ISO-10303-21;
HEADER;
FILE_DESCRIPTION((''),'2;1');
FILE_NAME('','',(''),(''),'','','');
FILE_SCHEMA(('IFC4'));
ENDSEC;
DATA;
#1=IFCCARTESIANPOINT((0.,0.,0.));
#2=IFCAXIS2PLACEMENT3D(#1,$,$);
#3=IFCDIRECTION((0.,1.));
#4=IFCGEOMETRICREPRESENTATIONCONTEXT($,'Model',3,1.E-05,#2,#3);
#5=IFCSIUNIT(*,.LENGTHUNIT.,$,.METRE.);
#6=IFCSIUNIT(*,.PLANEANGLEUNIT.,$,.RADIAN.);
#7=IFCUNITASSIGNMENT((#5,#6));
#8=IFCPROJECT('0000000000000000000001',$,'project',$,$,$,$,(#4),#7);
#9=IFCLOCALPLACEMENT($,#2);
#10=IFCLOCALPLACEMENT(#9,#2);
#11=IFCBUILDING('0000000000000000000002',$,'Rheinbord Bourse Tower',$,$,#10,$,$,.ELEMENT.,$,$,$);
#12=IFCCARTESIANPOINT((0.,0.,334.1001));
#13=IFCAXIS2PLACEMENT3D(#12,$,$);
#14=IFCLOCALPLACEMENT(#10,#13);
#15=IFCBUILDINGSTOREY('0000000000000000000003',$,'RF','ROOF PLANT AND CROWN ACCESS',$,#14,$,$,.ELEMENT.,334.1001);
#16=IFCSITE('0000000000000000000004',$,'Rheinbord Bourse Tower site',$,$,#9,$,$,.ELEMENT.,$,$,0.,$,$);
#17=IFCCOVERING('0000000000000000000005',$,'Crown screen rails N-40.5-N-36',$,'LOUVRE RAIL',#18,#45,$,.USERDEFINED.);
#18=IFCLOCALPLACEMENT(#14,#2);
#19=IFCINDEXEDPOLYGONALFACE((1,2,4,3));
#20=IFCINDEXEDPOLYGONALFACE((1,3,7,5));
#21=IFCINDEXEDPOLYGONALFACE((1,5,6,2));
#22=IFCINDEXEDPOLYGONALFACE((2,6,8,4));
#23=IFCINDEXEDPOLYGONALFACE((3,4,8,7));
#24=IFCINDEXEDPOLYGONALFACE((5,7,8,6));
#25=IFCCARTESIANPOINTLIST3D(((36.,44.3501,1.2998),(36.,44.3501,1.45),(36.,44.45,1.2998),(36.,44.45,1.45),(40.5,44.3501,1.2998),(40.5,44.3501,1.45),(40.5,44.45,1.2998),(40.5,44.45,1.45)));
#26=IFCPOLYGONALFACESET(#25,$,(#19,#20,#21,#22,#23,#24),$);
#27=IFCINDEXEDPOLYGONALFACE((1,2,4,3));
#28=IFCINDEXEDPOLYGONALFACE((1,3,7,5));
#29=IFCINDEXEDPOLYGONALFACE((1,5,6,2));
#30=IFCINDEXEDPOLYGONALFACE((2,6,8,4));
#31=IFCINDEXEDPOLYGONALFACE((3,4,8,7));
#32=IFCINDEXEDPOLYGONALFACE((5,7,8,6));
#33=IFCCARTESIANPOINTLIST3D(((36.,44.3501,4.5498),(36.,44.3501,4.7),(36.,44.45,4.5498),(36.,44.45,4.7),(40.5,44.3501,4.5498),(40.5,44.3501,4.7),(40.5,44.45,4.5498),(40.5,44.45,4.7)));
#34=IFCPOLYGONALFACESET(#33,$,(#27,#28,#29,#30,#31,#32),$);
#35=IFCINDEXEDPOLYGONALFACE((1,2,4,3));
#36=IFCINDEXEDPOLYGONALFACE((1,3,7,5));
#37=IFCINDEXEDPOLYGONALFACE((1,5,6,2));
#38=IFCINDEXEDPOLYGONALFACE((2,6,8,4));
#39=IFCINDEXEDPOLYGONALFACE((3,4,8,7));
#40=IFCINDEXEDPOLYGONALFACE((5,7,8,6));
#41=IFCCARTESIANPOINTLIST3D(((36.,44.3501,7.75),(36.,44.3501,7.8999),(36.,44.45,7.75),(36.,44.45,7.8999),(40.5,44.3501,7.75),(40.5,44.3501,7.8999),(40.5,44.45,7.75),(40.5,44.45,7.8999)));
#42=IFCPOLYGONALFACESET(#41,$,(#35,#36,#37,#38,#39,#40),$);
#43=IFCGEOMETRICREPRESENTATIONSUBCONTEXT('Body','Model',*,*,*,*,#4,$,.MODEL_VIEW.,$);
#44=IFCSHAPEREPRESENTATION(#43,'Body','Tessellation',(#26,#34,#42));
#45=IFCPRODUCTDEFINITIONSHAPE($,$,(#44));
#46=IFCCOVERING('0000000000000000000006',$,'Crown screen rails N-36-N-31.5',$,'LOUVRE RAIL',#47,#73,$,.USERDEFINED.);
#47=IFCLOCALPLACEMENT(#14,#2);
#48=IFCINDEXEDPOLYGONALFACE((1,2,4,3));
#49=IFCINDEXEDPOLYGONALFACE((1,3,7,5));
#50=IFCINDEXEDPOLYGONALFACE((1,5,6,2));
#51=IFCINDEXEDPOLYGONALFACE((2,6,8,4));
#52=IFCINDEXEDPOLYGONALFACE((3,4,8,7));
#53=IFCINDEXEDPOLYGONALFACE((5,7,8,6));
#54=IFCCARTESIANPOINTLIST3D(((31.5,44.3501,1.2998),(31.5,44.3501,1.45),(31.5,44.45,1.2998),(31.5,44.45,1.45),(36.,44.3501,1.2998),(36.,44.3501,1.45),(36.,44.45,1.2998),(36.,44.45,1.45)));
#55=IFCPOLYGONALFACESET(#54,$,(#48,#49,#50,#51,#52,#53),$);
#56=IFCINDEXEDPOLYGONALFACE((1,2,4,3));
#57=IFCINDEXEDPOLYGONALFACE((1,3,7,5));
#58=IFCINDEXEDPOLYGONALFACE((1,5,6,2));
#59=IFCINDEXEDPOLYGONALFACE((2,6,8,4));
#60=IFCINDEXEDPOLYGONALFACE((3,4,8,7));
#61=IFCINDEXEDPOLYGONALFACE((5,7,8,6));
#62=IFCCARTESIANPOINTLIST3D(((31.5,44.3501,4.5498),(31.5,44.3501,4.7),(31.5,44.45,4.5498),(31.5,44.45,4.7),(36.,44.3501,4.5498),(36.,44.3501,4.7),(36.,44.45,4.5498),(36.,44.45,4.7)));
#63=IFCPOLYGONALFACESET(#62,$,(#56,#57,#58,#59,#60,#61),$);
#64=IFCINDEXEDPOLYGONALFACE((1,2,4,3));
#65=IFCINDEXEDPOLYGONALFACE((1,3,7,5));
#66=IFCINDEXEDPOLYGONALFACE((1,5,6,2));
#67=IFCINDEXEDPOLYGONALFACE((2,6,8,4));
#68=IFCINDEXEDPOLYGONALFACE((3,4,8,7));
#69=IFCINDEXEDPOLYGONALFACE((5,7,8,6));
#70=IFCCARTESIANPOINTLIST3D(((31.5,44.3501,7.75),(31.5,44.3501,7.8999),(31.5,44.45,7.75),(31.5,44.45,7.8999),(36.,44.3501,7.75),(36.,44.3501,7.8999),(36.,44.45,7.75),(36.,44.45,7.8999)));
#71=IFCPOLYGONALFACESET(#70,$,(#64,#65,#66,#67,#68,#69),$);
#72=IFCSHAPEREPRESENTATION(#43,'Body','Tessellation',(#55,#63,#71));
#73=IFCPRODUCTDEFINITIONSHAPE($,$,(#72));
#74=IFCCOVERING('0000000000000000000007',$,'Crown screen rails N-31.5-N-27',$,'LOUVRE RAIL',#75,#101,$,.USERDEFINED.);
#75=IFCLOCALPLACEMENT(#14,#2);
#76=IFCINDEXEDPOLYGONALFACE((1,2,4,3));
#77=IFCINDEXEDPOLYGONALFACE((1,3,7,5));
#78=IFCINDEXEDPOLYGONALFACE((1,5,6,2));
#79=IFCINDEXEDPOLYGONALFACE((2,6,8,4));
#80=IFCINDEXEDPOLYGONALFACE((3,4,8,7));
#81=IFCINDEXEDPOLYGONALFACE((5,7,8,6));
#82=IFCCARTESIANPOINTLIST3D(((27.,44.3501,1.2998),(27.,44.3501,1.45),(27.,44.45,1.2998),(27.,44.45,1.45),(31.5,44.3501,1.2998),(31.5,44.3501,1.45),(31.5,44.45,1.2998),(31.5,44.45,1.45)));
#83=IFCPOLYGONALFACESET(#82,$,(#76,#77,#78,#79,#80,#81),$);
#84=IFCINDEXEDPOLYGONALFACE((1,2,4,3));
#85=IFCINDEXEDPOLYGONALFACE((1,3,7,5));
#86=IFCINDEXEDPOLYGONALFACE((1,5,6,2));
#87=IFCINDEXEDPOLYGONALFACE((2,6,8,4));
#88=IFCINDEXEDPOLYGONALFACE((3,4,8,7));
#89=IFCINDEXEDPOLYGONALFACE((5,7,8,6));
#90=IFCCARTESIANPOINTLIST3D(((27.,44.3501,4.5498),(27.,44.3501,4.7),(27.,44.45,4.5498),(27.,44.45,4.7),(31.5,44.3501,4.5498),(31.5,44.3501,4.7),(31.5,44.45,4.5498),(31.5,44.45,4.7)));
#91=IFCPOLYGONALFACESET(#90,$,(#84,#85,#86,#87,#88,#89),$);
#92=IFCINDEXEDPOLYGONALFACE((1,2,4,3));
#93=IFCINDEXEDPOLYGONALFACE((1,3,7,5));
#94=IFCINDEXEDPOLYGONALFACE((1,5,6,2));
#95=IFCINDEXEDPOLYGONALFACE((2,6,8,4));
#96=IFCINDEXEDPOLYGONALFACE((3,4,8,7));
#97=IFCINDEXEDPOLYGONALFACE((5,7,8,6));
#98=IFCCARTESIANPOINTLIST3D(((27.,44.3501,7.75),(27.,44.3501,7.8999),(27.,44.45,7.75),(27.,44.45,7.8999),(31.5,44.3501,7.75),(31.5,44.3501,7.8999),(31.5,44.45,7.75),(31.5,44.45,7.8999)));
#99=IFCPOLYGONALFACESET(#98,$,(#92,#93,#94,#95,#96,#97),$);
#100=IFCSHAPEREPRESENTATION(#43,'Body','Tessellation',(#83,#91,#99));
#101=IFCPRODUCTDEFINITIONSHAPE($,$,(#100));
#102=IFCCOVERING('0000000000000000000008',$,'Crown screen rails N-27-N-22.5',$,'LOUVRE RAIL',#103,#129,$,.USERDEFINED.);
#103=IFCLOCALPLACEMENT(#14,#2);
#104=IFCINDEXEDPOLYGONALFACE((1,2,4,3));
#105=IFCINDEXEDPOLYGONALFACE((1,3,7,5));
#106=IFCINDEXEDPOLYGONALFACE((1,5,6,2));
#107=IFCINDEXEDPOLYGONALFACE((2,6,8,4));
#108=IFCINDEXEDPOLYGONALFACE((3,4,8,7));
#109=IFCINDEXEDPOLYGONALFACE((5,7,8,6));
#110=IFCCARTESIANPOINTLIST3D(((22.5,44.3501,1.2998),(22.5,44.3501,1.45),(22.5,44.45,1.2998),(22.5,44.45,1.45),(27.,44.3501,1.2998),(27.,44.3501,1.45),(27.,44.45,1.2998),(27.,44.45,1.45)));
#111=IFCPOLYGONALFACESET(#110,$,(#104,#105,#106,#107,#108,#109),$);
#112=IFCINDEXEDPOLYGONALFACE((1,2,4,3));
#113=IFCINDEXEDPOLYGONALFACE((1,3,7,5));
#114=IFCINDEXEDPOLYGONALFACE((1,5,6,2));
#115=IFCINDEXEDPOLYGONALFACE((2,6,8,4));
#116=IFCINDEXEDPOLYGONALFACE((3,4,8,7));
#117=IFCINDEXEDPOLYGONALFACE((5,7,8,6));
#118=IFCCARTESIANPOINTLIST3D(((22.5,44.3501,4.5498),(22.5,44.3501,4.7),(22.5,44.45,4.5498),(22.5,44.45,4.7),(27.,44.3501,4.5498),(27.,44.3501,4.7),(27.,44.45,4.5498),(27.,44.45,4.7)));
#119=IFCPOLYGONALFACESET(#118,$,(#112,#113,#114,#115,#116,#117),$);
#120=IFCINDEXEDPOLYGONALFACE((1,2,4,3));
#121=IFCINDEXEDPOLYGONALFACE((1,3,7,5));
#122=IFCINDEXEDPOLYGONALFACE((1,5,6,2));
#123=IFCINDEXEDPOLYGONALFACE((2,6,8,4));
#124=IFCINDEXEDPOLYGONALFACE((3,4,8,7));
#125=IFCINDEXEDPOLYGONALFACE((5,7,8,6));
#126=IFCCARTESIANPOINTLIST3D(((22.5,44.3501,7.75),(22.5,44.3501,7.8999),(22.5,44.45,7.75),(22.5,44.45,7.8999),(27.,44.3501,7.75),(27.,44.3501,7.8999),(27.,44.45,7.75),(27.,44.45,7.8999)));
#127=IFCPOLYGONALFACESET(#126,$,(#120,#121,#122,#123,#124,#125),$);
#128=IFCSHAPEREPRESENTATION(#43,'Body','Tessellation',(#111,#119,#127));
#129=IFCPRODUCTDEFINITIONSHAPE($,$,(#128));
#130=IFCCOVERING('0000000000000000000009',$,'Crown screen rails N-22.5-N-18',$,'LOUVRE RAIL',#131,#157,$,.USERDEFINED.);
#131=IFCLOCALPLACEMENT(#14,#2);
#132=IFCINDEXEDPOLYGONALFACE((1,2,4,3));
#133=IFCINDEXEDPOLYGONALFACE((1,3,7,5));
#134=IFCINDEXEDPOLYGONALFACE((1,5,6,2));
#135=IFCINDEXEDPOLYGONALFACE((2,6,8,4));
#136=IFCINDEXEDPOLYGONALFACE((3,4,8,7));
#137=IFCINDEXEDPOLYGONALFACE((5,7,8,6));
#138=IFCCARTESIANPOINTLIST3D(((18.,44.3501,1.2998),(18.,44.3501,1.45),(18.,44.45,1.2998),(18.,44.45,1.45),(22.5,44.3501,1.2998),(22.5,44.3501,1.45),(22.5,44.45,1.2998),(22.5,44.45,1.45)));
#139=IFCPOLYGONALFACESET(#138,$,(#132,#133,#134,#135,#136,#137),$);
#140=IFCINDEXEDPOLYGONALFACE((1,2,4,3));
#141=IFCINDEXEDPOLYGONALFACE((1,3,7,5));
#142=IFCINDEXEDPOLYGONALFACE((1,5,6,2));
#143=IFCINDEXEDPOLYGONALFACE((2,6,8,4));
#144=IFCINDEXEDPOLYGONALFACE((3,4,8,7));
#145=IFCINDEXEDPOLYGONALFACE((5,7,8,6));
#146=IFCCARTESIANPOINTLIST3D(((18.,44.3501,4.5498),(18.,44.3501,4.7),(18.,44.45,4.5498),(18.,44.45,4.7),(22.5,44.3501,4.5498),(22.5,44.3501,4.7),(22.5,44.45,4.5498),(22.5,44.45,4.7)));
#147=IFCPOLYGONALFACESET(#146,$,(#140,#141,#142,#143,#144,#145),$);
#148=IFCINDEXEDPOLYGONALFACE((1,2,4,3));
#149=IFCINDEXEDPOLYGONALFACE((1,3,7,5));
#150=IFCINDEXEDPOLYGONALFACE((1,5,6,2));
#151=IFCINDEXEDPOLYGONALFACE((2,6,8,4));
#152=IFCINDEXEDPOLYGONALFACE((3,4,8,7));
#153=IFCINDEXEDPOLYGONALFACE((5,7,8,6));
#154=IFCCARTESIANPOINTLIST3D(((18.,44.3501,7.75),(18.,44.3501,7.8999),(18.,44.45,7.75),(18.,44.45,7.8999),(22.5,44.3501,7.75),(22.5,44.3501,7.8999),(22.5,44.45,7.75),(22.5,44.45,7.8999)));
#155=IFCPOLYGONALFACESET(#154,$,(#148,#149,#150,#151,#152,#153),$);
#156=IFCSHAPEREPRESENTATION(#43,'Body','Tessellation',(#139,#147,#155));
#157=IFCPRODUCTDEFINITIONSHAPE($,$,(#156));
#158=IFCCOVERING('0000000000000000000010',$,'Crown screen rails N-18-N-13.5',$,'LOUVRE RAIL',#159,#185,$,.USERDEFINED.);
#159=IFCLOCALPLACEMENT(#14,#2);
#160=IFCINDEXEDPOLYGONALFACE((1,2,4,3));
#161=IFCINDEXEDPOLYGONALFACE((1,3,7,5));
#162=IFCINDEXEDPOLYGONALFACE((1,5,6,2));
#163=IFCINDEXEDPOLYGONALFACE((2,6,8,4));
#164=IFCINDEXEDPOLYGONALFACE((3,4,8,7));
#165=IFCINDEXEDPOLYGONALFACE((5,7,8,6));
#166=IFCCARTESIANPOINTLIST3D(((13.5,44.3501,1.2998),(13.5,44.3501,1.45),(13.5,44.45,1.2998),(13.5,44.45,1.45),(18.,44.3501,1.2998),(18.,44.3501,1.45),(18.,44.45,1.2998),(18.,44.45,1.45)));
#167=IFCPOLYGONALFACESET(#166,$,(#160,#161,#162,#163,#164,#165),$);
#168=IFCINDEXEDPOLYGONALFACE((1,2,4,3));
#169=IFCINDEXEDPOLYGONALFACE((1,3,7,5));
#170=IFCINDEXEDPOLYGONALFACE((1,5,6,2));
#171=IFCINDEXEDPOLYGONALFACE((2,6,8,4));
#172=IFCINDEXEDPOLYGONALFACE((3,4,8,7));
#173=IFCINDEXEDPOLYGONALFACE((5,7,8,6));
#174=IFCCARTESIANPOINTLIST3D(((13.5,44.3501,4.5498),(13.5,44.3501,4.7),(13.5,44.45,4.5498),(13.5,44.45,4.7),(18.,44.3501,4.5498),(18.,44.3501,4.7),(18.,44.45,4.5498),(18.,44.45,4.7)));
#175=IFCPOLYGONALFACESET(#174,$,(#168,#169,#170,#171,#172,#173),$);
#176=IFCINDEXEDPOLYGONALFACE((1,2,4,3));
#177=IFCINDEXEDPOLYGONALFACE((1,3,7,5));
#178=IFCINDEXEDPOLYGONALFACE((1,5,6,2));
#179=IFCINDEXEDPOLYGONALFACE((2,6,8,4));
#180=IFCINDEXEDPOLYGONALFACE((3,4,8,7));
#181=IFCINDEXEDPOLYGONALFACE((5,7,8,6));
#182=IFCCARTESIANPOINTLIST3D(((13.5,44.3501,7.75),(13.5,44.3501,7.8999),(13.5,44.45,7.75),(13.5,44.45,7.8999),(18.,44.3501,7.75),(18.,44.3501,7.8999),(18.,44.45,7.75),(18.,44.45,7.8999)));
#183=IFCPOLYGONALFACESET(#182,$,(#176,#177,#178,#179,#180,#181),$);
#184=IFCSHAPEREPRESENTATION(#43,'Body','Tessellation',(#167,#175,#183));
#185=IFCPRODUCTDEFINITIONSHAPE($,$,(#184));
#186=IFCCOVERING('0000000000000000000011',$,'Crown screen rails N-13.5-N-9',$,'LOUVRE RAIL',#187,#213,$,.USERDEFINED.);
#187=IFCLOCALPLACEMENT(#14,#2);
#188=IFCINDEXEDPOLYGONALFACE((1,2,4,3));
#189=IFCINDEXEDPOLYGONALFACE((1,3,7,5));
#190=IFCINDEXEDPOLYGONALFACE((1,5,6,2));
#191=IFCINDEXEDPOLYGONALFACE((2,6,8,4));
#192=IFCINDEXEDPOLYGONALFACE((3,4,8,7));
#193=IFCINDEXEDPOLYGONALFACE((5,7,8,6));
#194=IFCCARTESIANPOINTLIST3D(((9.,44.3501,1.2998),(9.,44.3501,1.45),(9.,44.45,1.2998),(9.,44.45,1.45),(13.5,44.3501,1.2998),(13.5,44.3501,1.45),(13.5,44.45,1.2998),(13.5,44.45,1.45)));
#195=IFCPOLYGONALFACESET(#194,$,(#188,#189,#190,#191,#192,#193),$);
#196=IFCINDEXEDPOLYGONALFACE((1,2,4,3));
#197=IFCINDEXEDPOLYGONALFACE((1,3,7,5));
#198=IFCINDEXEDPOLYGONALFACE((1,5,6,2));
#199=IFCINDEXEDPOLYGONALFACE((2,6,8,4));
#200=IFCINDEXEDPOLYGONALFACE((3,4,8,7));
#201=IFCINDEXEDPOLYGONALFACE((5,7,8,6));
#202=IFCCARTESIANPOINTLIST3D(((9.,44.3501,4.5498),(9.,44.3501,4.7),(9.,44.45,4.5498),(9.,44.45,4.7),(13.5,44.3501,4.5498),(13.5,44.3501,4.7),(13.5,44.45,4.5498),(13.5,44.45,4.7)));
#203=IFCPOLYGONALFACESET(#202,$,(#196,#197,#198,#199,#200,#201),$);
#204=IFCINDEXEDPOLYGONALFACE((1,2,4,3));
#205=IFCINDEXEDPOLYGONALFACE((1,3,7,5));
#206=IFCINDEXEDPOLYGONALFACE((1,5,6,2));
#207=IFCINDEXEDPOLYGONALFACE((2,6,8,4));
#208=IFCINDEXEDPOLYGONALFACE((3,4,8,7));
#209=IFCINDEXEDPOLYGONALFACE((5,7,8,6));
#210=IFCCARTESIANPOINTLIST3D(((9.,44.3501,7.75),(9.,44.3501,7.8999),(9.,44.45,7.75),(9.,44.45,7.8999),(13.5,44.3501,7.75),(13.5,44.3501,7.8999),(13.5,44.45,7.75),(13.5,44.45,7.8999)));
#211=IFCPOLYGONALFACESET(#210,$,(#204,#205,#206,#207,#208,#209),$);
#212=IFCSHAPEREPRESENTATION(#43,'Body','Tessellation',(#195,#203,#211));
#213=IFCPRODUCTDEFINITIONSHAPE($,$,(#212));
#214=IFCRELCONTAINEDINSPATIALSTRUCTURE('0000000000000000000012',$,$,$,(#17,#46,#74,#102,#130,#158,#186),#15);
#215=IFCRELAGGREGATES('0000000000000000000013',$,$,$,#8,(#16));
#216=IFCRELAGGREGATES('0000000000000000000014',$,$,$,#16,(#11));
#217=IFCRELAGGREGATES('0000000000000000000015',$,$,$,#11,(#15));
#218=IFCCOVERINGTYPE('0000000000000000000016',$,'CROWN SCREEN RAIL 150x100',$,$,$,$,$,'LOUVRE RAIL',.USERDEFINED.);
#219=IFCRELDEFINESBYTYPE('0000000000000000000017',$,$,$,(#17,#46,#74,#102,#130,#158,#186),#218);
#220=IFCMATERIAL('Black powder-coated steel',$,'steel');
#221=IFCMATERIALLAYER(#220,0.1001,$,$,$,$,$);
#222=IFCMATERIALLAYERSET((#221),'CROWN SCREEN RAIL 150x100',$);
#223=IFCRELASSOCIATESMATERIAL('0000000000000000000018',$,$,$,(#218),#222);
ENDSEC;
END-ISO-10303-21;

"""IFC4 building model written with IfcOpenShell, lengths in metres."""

from ifc_helpers import new_model, si_unit, direction, frame, origin, place, context, subcontext, project, spatial, polyline, outline, extrude, material, layer, layer_set, type_object, element, save


model = new_model("IFC4")

# Units and contexts
model_context = context("Model", 3, precision=1e-05, world=origin(), true_north=direction((0.0, 1.0)))
body_context = subcontext(model_context, "Body", "Model", "MODEL_VIEW")
ifc_project = project(units=[si_unit("LENGTHUNIT", "METRE"), si_unit("PLANEANGLEUNIT", "RADIAN")], contexts=[model_context])

# Site, building, storey
site_placement = place(None, origin())
site = spatial("IfcSite", under=ifc_project, at=site_placement, Name="Rheinbord Bourse Tower site", CompositionType="ELEMENT", RefElevation=0.0)
building_placement = place(site_placement, origin())
building = spatial("IfcBuilding", under=site, at=building_placement, Name="Rheinbord Bourse Tower", CompositionType="ELEMENT")
storey_placement = place(building_placement, frame((0.0, 0.0, 334.1001)))
storey = spatial("IfcBuildingStorey", under=building, at=storey_placement, Name="RF", Description="ROOF PLANT AND CROWN ACCESS", CompositionType="ELEMENT", Elevation=334.1001)

# Coverings
ifc_material_1 = material(Name="Black powder-coated steel", Category="steel")
ifc_layer_1 = layer(ifc_material_1, 0.1001)
ifc_layer_set_1 = layer_set([ifc_layer_1], Name="CROWN SCREEN RAIL 150x100")
covering_type_1 = type_object("IfcCoveringType", Name="CROWN SCREEN RAIL 150x100", ElementType="LOUVRE RAIL", PredefinedType="USERDEFINED", material=ifc_layer_set_1)
covering_1_placement = place(storey_placement, frame((0.0, 0.0, 1.2998)))
element("IfcCovering", 1, at=covering_1_placement, inside=storey, type_object=covering_type_1, Name="Crown screen rails N-40.5-N-36", ObjectType="LOUVRE RAIL", PredefinedType="USERDEFINED", context=body_context, shape_type="SweptSolid", body=[
    extrude(outline(polyline([(40.5, 44.3501), (36.0, 44.3501), (36.0, 44.45), (40.5, 44.45), (40.5, 44.3501)])), origin(), (0.0, 0.0, 1.0), 0.1501),
    extrude(outline(polyline([(40.5, 44.3501), (36.0, 44.3501), (36.0, 44.45), (40.5, 44.45), (40.5, 44.3501)])), frame((0.0, 0.0, 3.25)), (0.0, 0.0, 1.0), 0.1501),
    extrude(outline(polyline([(40.5, 44.3501), (36.0, 44.3501), (36.0, 44.45), (40.5, 44.45), (40.5, 44.3501)])), frame((0.0, 0.0, 6.4502)), (0.0, 0.0, 1.0), 0.1499),
])
covering_2_placement = place(storey_placement, frame((0.0, 0.0, 1.2998)))
element("IfcCovering", 2, at=covering_2_placement, inside=storey, type_object=covering_type_1, Name="Crown screen rails N-36-N-31.5", ObjectType="LOUVRE RAIL", PredefinedType="USERDEFINED", context=body_context, shape_type="SweptSolid", body=[
    extrude(outline(polyline([(36.0, 44.3501), (31.5, 44.3501), (31.5, 44.45), (36.0, 44.45), (36.0, 44.3501)])), origin(), (0.0, 0.0, 1.0), 0.1501),
    extrude(outline(polyline([(36.0, 44.3501), (31.5, 44.3501), (31.5, 44.45), (36.0, 44.45), (36.0, 44.3501)])), frame((0.0, 0.0, 3.25)), (0.0, 0.0, 1.0), 0.1501),
    extrude(outline(polyline([(36.0, 44.3501), (31.5, 44.3501), (31.5, 44.45), (36.0, 44.45), (36.0, 44.3501)])), frame((0.0, 0.0, 6.4502)), (0.0, 0.0, 1.0), 0.1499),
])
covering_3_placement = place(storey_placement, frame((0.0, 0.0, 1.2998)))
element("IfcCovering", 3, at=covering_3_placement, inside=storey, type_object=covering_type_1, Name="Crown screen rails N-31.5-N-27", ObjectType="LOUVRE RAIL", PredefinedType="USERDEFINED", context=body_context, shape_type="SweptSolid", body=[
    extrude(outline(polyline([(31.5, 44.3501), (27.0, 44.3501), (27.0, 44.45), (31.5, 44.45), (31.5, 44.3501)])), origin(), (0.0, 0.0, 1.0), 0.1501),
    extrude(outline(polyline([(31.5, 44.3501), (27.0, 44.3501), (27.0, 44.45), (31.5, 44.45), (31.5, 44.3501)])), frame((0.0, 0.0, 3.25)), (0.0, 0.0, 1.0), 0.1501),
    extrude(outline(polyline([(31.5, 44.3501), (27.0, 44.3501), (27.0, 44.45), (31.5, 44.45), (31.5, 44.3501)])), frame((0.0, 0.0, 6.4502)), (0.0, 0.0, 1.0), 0.1499),
])
covering_4_placement = place(storey_placement, frame((0.0, 0.0, 1.2998)))
element("IfcCovering", 4, at=covering_4_placement, inside=storey, type_object=covering_type_1, Name="Crown screen rails N-27-N-22.5", ObjectType="LOUVRE RAIL", PredefinedType="USERDEFINED", context=body_context, shape_type="SweptSolid", body=[
    extrude(outline(polyline([(27.0, 44.3501), (22.5, 44.3501), (22.5, 44.45), (27.0, 44.45), (27.0, 44.3501)])), origin(), (0.0, 0.0, 1.0), 0.1501),
    extrude(outline(polyline([(27.0, 44.3501), (22.5, 44.3501), (22.5, 44.45), (27.0, 44.45), (27.0, 44.3501)])), frame((0.0, 0.0, 3.25)), (0.0, 0.0, 1.0), 0.1501),
    extrude(outline(polyline([(27.0, 44.3501), (22.5, 44.3501), (22.5, 44.45), (27.0, 44.45), (27.0, 44.3501)])), frame((0.0, 0.0, 6.4502)), (0.0, 0.0, 1.0), 0.1499),
])
covering_5_placement = place(storey_placement, frame((0.0, 0.0, 1.2998)))
element("IfcCovering", 5, at=covering_5_placement, inside=storey, type_object=covering_type_1, Name="Crown screen rails N-22.5-N-18", ObjectType="LOUVRE RAIL", PredefinedType="USERDEFINED", context=body_context, shape_type="SweptSolid", body=[
    extrude(outline(polyline([(22.5, 44.3501), (18.0, 44.3501), (18.0, 44.45), (22.5, 44.45), (22.5, 44.3501)])), origin(), (0.0, 0.0, 1.0), 0.1501),
    extrude(outline(polyline([(22.5, 44.3501), (18.0, 44.3501), (18.0, 44.45), (22.5, 44.45), (22.5, 44.3501)])), frame((0.0, 0.0, 3.25)), (0.0, 0.0, 1.0), 0.1501),
    extrude(outline(polyline([(22.5, 44.3501), (18.0, 44.3501), (18.0, 44.45), (22.5, 44.45), (22.5, 44.3501)])), frame((0.0, 0.0, 6.4502)), (0.0, 0.0, 1.0), 0.1499),
])
covering_6_placement = place(storey_placement, frame((0.0, 0.0, 1.2998)))
element("IfcCovering", 6, at=covering_6_placement, inside=storey, type_object=covering_type_1, Name="Crown screen rails N-18-N-13.5", ObjectType="LOUVRE RAIL", PredefinedType="USERDEFINED", context=body_context, shape_type="SweptSolid", body=[
    extrude(outline(polyline([(18.0, 44.3501), (13.5, 44.3501), (13.5, 44.45), (18.0, 44.45), (18.0, 44.3501)])), origin(), (0.0, 0.0, 1.0), 0.1501),
    extrude(outline(polyline([(18.0, 44.3501), (13.5, 44.3501), (13.5, 44.45), (18.0, 44.45), (18.0, 44.3501)])), frame((0.0, 0.0, 3.25)), (0.0, 0.0, 1.0), 0.1501),
    extrude(outline(polyline([(18.0, 44.3501), (13.5, 44.3501), (13.5, 44.45), (18.0, 44.45), (18.0, 44.3501)])), frame((0.0, 0.0, 6.4502)), (0.0, 0.0, 1.0), 0.1499),
])
covering_7_placement = place(storey_placement, frame((0.0, 0.0, 1.2998)))
element("IfcCovering", 7, at=covering_7_placement, inside=storey, type_object=covering_type_1, Name="Crown screen rails N-13.5-N-9", ObjectType="LOUVRE RAIL", PredefinedType="USERDEFINED", context=body_context, shape_type="SweptSolid", body=[
    extrude(outline(polyline([(13.5, 44.3501), (9.0, 44.3501), (9.0, 44.45), (13.5, 44.45), (13.5, 44.3501)])), origin(), (0.0, 0.0, 1.0), 0.1501),
    extrude(outline(polyline([(13.5, 44.3501), (9.0, 44.3501), (9.0, 44.45), (13.5, 44.45), (13.5, 44.3501)])), frame((0.0, 0.0, 3.25)), (0.0, 0.0, 1.0), 0.1501),
    extrude(outline(polyline([(13.5, 44.3501), (9.0, 44.3501), (9.0, 44.45), (13.5, 44.45), (13.5, 44.3501)])), frame((0.0, 0.0, 6.4502)), (0.0, 0.0, 1.0), 0.1499),
])

save(model, "model.ifc")
